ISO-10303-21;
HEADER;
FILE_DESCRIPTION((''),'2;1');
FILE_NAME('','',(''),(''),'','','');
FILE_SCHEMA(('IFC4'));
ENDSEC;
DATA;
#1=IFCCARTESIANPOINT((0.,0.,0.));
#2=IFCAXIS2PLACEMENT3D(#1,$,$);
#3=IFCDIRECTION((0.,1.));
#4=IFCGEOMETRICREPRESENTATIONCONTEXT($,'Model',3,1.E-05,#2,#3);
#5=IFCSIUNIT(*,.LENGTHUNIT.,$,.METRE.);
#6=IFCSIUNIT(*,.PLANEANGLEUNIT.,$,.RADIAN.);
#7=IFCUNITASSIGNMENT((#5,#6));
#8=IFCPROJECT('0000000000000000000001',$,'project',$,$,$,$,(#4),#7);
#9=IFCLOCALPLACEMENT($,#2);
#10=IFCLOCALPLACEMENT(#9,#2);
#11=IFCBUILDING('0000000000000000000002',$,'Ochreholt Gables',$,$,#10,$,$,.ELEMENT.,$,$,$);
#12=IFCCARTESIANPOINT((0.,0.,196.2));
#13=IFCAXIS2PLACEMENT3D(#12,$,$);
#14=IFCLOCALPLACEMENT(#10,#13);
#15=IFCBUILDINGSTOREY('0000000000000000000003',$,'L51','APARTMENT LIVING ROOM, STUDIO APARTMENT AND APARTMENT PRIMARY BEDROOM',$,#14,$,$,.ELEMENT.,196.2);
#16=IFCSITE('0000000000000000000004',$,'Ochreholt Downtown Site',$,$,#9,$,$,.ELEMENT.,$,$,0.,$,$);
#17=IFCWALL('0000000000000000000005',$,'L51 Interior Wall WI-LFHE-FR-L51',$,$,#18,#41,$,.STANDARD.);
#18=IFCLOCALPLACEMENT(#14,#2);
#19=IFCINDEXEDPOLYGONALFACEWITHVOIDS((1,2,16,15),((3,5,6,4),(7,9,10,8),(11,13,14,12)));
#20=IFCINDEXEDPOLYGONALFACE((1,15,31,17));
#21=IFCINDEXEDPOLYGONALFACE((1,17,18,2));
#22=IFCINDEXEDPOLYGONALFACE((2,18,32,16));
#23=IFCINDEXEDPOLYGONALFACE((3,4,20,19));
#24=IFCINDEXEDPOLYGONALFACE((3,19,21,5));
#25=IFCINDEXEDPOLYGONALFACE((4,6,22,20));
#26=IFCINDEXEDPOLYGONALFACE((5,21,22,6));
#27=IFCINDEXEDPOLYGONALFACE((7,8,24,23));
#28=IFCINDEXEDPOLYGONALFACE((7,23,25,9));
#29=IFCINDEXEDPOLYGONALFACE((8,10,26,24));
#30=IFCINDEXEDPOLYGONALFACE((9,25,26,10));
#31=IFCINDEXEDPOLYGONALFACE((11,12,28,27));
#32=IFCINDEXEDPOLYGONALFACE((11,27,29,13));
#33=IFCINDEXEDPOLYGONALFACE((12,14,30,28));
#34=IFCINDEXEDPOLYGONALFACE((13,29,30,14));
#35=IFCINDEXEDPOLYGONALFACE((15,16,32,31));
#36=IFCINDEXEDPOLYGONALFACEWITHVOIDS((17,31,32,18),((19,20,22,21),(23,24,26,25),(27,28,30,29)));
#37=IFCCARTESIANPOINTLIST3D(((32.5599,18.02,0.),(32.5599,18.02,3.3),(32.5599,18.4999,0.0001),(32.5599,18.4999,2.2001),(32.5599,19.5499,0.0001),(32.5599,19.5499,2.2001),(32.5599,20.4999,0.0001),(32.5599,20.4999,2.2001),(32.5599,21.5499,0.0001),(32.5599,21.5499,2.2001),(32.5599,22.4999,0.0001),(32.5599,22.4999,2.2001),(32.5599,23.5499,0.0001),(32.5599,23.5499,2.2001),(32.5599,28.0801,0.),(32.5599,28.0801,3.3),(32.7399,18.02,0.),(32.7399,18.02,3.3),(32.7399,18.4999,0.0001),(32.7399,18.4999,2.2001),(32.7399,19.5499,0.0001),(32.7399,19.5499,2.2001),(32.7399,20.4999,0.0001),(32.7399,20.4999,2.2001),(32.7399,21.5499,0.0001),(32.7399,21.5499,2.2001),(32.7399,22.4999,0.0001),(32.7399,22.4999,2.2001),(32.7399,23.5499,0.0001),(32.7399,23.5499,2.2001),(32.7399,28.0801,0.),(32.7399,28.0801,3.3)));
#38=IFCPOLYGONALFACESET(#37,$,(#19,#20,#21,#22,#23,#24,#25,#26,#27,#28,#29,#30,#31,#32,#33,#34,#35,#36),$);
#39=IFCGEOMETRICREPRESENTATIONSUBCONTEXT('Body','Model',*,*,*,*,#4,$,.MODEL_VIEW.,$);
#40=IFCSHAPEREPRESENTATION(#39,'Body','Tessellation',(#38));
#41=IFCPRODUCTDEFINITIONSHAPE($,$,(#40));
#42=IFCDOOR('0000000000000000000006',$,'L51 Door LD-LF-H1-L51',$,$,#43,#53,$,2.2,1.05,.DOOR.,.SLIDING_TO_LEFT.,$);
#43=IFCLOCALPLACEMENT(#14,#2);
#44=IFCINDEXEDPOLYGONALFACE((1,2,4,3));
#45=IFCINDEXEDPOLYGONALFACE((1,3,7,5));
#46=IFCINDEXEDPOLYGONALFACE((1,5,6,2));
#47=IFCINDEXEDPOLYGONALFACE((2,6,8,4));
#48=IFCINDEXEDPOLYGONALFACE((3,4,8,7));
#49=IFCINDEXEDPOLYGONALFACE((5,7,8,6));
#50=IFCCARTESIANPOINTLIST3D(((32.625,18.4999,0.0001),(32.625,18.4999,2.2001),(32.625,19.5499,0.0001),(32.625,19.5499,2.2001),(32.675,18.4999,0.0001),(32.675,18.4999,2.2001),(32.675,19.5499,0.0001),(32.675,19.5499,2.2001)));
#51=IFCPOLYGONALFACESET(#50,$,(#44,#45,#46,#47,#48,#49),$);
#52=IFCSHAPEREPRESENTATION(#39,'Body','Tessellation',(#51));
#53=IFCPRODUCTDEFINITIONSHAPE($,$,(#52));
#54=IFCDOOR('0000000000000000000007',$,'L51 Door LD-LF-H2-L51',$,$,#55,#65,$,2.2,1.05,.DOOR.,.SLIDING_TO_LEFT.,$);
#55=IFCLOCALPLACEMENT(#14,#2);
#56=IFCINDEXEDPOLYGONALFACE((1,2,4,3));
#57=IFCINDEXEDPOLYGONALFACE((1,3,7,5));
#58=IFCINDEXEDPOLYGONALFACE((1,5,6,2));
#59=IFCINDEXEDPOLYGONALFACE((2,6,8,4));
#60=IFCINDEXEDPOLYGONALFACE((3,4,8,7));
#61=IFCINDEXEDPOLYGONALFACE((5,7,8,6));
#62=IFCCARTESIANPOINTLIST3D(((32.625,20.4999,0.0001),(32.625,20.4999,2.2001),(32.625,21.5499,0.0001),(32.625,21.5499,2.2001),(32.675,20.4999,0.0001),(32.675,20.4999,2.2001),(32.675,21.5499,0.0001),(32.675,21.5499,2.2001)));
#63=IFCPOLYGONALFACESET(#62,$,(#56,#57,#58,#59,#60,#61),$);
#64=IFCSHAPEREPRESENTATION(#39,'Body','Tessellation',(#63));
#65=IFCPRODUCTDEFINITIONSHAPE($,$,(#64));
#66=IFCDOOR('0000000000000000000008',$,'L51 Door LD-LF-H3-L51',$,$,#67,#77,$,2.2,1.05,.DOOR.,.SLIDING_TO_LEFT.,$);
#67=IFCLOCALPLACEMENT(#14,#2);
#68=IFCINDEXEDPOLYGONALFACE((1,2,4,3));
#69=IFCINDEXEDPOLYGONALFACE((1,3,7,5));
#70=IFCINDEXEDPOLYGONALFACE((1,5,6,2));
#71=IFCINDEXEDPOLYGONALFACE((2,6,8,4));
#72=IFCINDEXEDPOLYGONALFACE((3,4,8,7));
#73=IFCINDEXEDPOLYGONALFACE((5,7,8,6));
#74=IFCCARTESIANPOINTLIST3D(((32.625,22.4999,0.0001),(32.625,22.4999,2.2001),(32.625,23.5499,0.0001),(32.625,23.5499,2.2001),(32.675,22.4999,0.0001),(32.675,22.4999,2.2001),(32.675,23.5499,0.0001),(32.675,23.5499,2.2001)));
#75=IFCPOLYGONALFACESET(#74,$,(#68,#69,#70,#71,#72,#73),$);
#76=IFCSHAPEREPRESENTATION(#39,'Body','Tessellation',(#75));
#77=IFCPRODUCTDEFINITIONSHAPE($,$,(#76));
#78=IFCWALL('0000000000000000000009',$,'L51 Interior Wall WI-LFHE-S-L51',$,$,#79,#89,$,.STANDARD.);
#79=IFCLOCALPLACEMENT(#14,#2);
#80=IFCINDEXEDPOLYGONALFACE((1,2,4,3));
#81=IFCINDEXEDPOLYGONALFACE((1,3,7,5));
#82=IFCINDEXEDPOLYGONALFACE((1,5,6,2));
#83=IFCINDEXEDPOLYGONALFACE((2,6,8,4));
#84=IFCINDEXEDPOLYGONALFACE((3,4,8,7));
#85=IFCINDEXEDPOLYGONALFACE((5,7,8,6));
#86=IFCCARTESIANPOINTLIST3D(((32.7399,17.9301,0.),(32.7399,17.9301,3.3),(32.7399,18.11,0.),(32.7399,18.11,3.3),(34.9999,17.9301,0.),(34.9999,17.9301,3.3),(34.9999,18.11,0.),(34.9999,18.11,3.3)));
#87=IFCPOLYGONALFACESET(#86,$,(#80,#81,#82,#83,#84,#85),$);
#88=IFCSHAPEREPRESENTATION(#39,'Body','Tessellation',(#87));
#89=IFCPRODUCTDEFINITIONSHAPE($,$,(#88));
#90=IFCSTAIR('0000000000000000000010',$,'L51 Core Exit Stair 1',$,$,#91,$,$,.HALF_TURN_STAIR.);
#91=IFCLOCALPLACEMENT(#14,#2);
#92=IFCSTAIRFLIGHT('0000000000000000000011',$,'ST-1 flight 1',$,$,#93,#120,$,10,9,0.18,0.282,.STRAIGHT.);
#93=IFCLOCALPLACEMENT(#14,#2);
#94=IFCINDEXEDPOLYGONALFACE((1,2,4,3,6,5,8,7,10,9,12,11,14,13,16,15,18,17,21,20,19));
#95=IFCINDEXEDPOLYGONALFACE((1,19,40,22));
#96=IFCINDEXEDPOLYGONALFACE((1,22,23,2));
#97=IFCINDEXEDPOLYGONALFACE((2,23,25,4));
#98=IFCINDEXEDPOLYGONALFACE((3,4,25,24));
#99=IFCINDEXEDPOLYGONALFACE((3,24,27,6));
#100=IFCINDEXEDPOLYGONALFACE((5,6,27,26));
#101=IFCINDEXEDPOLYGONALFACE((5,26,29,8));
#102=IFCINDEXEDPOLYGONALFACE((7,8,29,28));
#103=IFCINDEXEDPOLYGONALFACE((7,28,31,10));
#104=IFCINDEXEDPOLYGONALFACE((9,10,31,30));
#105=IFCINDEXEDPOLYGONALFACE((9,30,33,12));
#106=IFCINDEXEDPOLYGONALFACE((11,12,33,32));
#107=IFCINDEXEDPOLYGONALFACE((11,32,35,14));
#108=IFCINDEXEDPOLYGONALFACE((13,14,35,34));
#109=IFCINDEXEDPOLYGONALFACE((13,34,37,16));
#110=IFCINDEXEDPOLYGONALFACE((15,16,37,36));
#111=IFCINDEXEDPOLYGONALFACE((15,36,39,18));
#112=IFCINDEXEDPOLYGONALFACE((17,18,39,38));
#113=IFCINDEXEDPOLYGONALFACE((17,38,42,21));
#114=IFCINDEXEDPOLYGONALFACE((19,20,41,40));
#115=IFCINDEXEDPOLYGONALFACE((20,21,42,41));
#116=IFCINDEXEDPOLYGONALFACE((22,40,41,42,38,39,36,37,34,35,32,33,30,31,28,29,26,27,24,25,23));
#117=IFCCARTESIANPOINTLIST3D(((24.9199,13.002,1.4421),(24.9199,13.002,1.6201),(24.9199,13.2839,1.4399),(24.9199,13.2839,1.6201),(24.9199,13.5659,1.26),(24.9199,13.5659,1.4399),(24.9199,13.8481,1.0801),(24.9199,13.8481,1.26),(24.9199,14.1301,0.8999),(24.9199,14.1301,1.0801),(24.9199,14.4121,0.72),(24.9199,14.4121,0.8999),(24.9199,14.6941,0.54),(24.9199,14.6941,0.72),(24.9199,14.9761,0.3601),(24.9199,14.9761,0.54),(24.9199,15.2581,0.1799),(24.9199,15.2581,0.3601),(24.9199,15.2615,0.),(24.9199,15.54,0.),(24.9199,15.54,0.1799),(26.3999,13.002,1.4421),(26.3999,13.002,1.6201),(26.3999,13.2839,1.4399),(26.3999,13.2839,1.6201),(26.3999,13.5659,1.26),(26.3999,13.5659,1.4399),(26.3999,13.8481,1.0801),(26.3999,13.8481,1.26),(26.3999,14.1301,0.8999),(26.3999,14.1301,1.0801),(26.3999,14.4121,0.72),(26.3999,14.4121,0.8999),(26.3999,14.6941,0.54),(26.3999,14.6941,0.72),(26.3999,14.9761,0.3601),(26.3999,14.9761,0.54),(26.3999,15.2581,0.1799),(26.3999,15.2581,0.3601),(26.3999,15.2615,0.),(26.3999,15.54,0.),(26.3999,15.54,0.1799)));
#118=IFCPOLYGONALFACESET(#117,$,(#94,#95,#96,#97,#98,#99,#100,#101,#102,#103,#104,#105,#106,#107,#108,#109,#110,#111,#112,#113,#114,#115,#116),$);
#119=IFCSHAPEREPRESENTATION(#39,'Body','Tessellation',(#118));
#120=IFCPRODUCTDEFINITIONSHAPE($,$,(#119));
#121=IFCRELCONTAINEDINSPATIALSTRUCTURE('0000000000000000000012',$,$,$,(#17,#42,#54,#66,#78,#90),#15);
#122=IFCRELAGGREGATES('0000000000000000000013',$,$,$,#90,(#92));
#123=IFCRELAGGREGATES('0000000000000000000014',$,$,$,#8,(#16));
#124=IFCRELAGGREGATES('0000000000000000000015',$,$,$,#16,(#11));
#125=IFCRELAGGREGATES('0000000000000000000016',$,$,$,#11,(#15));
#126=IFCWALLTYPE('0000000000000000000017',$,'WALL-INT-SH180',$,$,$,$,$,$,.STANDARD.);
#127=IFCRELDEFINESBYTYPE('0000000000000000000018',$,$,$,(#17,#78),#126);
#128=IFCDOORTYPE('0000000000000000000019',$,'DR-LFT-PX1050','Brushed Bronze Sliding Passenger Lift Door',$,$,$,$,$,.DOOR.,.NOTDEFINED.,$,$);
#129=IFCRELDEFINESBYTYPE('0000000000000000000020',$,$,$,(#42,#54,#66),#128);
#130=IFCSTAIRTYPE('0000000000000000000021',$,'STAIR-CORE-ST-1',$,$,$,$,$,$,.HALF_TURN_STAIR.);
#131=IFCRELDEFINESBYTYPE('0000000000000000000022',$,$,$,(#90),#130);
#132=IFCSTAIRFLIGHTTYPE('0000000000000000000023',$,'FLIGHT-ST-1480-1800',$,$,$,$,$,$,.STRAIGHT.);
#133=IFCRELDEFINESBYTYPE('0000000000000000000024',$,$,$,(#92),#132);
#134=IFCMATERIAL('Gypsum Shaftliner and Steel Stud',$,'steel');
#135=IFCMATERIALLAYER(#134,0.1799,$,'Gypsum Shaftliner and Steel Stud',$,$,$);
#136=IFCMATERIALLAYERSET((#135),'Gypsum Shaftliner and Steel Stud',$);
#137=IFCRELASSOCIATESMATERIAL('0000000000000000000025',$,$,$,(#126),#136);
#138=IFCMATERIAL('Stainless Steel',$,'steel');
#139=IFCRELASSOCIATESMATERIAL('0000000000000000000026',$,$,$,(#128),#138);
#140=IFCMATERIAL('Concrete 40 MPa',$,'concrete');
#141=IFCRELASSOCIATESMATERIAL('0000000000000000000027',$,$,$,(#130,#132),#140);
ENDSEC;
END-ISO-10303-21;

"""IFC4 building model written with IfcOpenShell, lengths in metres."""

from ifc_helpers import new_model, si_unit, direction, frame, frame_2d, origin, place, context, subcontext, project, spatial, polyline, rectangle, outline, extrude, material, layer, layer_set, type_object, element, fill, aggregate, save


model = new_model("IFC4")

# Units and contexts
model_context = context("Model", 3, precision=1e-05, world=origin(), true_north=direction((0.0, 1.0)))
body_context = subcontext(model_context, "Body", "Model", "MODEL_VIEW")
ifc_project = project(units=[si_unit("LENGTHUNIT", "METRE"), si_unit("PLANEANGLEUNIT", "RADIAN")], contexts=[model_context])

# Site, building, storey
site_placement = place(None, origin())
site = spatial("IfcSite", under=ifc_project, at=site_placement, Name="Ochreholt Downtown Site", CompositionType="ELEMENT", RefElevation=0.0)
building_placement = place(site_placement, origin())
building = spatial("IfcBuilding", under=site, at=building_placement, Name="Ochreholt Gables", CompositionType="ELEMENT")
storey_placement = place(building_placement, frame((0.0, 0.0, 196.2)))
storey = spatial("IfcBuildingStorey", under=building, at=storey_placement, Name="L51", Description="APARTMENT LIVING ROOM, STUDIO APARTMENT AND APARTMENT PRIMARY BEDROOM", CompositionType="ELEMENT", Elevation=196.2)

# Shared definitions
ifc_material_1 = material(Name="Concrete 40 MPa", Category="concrete")
ifc_material_2 = material(Name="Stainless Steel", Category="steel")

# Shared definitions
ifc_material_3 = material(Name="Gypsum Shaftliner and Steel Stud", Category="steel")

# Wall, openings, doors
ifc_layer_1 = layer(ifc_material_3, 0.1799, Name="Gypsum Shaftliner and Steel Stud")
ifc_layer_set_1 = layer_set([ifc_layer_1], Name="Gypsum Shaftliner and Steel Stud")
wall_type_1 = type_object("IfcWallType", Name="WALL-INT-SH180", PredefinedType="STANDARD", material=ifc_layer_set_1)
wall_1_placement = place(storey_placement, frame((32.6499, 18.02, 0.0), z_axis=(0.0, 0.0, 1.0), x_axis=(0.0, 1.0, 0.0)))
wall_1 = element("IfcWall", 1, at=wall_1_placement, inside=storey, type_object=wall_type_1, Name="L51 Interior Wall WI-LFHE-FR-L51", PredefinedType="STANDARD", context=body_context, shape_type="SweptSolid", body=[
    extrude(rectangle(XDim=10.0601, YDim=0.1799, at=frame_2d((5.03, 0.0))), origin(), (0.0, 0.0, 1.0), 3.3),
])
opening_1_placement = place(wall_1_placement, frame((0.48, 0.0, 0.0)))
opening_1 = element("IfcOpeningElement", 2, at=opening_1_placement, cuts=wall_1, PredefinedType="OPENING", context=body_context, shape_type="SweptSolid", body=[
    extrude(rectangle(XDim=1.05, YDim=2.2, at=frame_2d((0.5249, 1.1001))), frame((0.0, 0.0999, 0.0), z_axis=(0.0, -1.0, 0.0), x_axis=(1.0, 0.0, 0.0)), (0.0, 0.0, 1.0), 0.2),
])
opening_2_placement = place(wall_1_placement, frame((2.48, 0.0, 0.0)))
opening_2 = element("IfcOpeningElement", 3, at=opening_2_placement, cuts=wall_1, PredefinedType="OPENING", context=body_context, shape_type="SweptSolid", body=[
    extrude(rectangle(XDim=1.05, YDim=2.2, at=frame_2d((0.5249, 1.1001))), frame((0.0, 0.0999, 0.0), z_axis=(0.0, -1.0, 0.0), x_axis=(1.0, 0.0, 0.0)), (0.0, 0.0, 1.0), 0.2),
])
opening_3_placement = place(wall_1_placement, frame((4.48, 0.0, 0.0)))
opening_3 = element("IfcOpeningElement", 4, at=opening_3_placement, cuts=wall_1, PredefinedType="OPENING", context=body_context, shape_type="SweptSolid", body=[
    extrude(rectangle(XDim=1.05, YDim=2.2, at=frame_2d((0.5249, 1.1001))), frame((0.0, 0.0999, 0.0), z_axis=(0.0, -1.0, 0.0), x_axis=(1.0, 0.0, 0.0)), (0.0, 0.0, 1.0), 0.2),
])
door_type_1 = type_object("IfcDoorType", Name="DR-LFT-PX1050", Description="Brushed Bronze Sliding Passenger Lift Door", OperationType="NOTDEFINED", PredefinedType="DOOR", material=ifc_material_2)
door_1_placement = place(opening_1_placement, origin())
door_1 = element("IfcDoor", 5, at=door_1_placement, inside=storey, type_object=door_type_1, Name="L51 Door LD-LF-H1-L51", OperationType="SLIDING_TO_LEFT", OverallHeight=2.2, OverallWidth=1.05, PredefinedType="DOOR", context=body_context, shape_type="SweptSolid", body=[
    extrude(rectangle(XDim=1.05, YDim=2.2, at=frame_2d((0.5249, 1.1001))), frame((0.0, 0.0249, 0.0), z_axis=(0.0, -1.0, 0.0), x_axis=(1.0, 0.0, 0.0)), (0.0, 0.0, 1.0), 0.05),
])
fill(opening_1, door_1)
door_2_placement = place(opening_2_placement, origin())
door_2 = element("IfcDoor", 6, at=door_2_placement, inside=storey, type_object=door_type_1, Name="L51 Door LD-LF-H2-L51", OperationType="SLIDING_TO_LEFT", OverallHeight=2.2, OverallWidth=1.05, PredefinedType="DOOR", context=body_context, shape_type="SweptSolid", body=[
    extrude(rectangle(XDim=1.05, YDim=2.2, at=frame_2d((0.5249, 1.1001))), frame((0.0, 0.0249, 0.0), z_axis=(0.0, -1.0, 0.0), x_axis=(1.0, 0.0, 0.0)), (0.0, 0.0, 1.0), 0.05),
])
fill(opening_2, door_2)
door_3_placement = place(opening_3_placement, origin())
door_3 = element("IfcDoor", 7, at=door_3_placement, inside=storey, type_object=door_type_1, Name="L51 Door LD-LF-H3-L51", OperationType="SLIDING_TO_LEFT", OverallHeight=2.2, OverallWidth=1.05, PredefinedType="DOOR", context=body_context, shape_type="SweptSolid", body=[
    extrude(rectangle(XDim=1.05, YDim=2.2, at=frame_2d((0.5249, 1.1001))), frame((0.0, 0.0249, 0.0), z_axis=(0.0, -1.0, 0.0), x_axis=(1.0, 0.0, 0.0)), (0.0, 0.0, 1.0), 0.05),
])
fill(opening_3, door_3)

# Wall
wall_2_placement = place(storey_placement, frame((32.74, 18.02, 0.0), z_axis=(0.0, 0.0, 1.0), x_axis=(1.0, 0.0, 0.0)))
element("IfcWall", 8, at=wall_2_placement, inside=storey, type_object=wall_type_1, Name="L51 Interior Wall WI-LFHE-S-L51", PredefinedType="STANDARD", context=body_context, shape_type="SweptSolid", body=[
    extrude(rectangle(XDim=2.26, YDim=0.1799, at=frame_2d((1.1299, 0.0))), origin(), (0.0, 0.0, 1.0), 3.3),
])

# Stair, stair flight
stair_type = type_object("IfcStairType", Name="STAIR-CORE-ST-1", PredefinedType="HALF_TURN_STAIR", material=ifc_material_1)
stair_placement = place(storey_placement, origin())
stair = element("IfcStair", 9, at=stair_placement, inside=storey, type_object=stair_type, Name="L51 Core Exit Stair 1", PredefinedType="HALF_TURN_STAIR")
stair_flight_type = type_object("IfcStairFlightType", Name="FLIGHT-ST-1480-1800", PredefinedType="STRAIGHT", material=ifc_material_1)
stair_flight_placement = place(storey_placement, frame((25.6599, 15.54, 0.0), z_axis=(0.0, 0.0, 1.0), x_axis=(0.0, -1.0, 0.0)))
stair_flight = element("IfcStairFlight", 10, at=stair_flight_placement, type_object=stair_flight_type, Name="ST-1 flight 1", NumberOfRisers=10, NumberOfTreads=9, PredefinedType="STRAIGHT", RiserHeight=0.18, TreadLength=0.282, context=body_context, shape_type="SweptSolid", body=[
    extrude(outline(polyline([(0.0, 0.0), (0.0, 0.1799), (0.282, 0.1799), (0.282, 0.3601), (0.564, 0.3601), (0.564, 0.54), (0.8459, 0.54), (0.8459, 0.72), (1.1279, 0.72), (1.1279, 0.8999), (1.4099, 0.8999), (1.4099, 1.0801), (1.6919, 1.0801), (1.6919, 1.26), (1.9741, 1.26), (1.9741, 1.4399), (2.2561, 1.4399), (2.2561, 1.6201), (2.5381, 1.6201), (2.5381, 1.8), (2.5381, 1.4421), (0.2786, 0.0), (0.0, 0.0)])), frame((0.0, 0.74, 0.0), z_axis=(0.0, -1.0, 0.0), x_axis=(1.0, 0.0, 0.0)), (0.0, 0.0, 1.0), 1.48),
])
aggregate(stair, [stair_flight])

save(model, "model.ifc")
